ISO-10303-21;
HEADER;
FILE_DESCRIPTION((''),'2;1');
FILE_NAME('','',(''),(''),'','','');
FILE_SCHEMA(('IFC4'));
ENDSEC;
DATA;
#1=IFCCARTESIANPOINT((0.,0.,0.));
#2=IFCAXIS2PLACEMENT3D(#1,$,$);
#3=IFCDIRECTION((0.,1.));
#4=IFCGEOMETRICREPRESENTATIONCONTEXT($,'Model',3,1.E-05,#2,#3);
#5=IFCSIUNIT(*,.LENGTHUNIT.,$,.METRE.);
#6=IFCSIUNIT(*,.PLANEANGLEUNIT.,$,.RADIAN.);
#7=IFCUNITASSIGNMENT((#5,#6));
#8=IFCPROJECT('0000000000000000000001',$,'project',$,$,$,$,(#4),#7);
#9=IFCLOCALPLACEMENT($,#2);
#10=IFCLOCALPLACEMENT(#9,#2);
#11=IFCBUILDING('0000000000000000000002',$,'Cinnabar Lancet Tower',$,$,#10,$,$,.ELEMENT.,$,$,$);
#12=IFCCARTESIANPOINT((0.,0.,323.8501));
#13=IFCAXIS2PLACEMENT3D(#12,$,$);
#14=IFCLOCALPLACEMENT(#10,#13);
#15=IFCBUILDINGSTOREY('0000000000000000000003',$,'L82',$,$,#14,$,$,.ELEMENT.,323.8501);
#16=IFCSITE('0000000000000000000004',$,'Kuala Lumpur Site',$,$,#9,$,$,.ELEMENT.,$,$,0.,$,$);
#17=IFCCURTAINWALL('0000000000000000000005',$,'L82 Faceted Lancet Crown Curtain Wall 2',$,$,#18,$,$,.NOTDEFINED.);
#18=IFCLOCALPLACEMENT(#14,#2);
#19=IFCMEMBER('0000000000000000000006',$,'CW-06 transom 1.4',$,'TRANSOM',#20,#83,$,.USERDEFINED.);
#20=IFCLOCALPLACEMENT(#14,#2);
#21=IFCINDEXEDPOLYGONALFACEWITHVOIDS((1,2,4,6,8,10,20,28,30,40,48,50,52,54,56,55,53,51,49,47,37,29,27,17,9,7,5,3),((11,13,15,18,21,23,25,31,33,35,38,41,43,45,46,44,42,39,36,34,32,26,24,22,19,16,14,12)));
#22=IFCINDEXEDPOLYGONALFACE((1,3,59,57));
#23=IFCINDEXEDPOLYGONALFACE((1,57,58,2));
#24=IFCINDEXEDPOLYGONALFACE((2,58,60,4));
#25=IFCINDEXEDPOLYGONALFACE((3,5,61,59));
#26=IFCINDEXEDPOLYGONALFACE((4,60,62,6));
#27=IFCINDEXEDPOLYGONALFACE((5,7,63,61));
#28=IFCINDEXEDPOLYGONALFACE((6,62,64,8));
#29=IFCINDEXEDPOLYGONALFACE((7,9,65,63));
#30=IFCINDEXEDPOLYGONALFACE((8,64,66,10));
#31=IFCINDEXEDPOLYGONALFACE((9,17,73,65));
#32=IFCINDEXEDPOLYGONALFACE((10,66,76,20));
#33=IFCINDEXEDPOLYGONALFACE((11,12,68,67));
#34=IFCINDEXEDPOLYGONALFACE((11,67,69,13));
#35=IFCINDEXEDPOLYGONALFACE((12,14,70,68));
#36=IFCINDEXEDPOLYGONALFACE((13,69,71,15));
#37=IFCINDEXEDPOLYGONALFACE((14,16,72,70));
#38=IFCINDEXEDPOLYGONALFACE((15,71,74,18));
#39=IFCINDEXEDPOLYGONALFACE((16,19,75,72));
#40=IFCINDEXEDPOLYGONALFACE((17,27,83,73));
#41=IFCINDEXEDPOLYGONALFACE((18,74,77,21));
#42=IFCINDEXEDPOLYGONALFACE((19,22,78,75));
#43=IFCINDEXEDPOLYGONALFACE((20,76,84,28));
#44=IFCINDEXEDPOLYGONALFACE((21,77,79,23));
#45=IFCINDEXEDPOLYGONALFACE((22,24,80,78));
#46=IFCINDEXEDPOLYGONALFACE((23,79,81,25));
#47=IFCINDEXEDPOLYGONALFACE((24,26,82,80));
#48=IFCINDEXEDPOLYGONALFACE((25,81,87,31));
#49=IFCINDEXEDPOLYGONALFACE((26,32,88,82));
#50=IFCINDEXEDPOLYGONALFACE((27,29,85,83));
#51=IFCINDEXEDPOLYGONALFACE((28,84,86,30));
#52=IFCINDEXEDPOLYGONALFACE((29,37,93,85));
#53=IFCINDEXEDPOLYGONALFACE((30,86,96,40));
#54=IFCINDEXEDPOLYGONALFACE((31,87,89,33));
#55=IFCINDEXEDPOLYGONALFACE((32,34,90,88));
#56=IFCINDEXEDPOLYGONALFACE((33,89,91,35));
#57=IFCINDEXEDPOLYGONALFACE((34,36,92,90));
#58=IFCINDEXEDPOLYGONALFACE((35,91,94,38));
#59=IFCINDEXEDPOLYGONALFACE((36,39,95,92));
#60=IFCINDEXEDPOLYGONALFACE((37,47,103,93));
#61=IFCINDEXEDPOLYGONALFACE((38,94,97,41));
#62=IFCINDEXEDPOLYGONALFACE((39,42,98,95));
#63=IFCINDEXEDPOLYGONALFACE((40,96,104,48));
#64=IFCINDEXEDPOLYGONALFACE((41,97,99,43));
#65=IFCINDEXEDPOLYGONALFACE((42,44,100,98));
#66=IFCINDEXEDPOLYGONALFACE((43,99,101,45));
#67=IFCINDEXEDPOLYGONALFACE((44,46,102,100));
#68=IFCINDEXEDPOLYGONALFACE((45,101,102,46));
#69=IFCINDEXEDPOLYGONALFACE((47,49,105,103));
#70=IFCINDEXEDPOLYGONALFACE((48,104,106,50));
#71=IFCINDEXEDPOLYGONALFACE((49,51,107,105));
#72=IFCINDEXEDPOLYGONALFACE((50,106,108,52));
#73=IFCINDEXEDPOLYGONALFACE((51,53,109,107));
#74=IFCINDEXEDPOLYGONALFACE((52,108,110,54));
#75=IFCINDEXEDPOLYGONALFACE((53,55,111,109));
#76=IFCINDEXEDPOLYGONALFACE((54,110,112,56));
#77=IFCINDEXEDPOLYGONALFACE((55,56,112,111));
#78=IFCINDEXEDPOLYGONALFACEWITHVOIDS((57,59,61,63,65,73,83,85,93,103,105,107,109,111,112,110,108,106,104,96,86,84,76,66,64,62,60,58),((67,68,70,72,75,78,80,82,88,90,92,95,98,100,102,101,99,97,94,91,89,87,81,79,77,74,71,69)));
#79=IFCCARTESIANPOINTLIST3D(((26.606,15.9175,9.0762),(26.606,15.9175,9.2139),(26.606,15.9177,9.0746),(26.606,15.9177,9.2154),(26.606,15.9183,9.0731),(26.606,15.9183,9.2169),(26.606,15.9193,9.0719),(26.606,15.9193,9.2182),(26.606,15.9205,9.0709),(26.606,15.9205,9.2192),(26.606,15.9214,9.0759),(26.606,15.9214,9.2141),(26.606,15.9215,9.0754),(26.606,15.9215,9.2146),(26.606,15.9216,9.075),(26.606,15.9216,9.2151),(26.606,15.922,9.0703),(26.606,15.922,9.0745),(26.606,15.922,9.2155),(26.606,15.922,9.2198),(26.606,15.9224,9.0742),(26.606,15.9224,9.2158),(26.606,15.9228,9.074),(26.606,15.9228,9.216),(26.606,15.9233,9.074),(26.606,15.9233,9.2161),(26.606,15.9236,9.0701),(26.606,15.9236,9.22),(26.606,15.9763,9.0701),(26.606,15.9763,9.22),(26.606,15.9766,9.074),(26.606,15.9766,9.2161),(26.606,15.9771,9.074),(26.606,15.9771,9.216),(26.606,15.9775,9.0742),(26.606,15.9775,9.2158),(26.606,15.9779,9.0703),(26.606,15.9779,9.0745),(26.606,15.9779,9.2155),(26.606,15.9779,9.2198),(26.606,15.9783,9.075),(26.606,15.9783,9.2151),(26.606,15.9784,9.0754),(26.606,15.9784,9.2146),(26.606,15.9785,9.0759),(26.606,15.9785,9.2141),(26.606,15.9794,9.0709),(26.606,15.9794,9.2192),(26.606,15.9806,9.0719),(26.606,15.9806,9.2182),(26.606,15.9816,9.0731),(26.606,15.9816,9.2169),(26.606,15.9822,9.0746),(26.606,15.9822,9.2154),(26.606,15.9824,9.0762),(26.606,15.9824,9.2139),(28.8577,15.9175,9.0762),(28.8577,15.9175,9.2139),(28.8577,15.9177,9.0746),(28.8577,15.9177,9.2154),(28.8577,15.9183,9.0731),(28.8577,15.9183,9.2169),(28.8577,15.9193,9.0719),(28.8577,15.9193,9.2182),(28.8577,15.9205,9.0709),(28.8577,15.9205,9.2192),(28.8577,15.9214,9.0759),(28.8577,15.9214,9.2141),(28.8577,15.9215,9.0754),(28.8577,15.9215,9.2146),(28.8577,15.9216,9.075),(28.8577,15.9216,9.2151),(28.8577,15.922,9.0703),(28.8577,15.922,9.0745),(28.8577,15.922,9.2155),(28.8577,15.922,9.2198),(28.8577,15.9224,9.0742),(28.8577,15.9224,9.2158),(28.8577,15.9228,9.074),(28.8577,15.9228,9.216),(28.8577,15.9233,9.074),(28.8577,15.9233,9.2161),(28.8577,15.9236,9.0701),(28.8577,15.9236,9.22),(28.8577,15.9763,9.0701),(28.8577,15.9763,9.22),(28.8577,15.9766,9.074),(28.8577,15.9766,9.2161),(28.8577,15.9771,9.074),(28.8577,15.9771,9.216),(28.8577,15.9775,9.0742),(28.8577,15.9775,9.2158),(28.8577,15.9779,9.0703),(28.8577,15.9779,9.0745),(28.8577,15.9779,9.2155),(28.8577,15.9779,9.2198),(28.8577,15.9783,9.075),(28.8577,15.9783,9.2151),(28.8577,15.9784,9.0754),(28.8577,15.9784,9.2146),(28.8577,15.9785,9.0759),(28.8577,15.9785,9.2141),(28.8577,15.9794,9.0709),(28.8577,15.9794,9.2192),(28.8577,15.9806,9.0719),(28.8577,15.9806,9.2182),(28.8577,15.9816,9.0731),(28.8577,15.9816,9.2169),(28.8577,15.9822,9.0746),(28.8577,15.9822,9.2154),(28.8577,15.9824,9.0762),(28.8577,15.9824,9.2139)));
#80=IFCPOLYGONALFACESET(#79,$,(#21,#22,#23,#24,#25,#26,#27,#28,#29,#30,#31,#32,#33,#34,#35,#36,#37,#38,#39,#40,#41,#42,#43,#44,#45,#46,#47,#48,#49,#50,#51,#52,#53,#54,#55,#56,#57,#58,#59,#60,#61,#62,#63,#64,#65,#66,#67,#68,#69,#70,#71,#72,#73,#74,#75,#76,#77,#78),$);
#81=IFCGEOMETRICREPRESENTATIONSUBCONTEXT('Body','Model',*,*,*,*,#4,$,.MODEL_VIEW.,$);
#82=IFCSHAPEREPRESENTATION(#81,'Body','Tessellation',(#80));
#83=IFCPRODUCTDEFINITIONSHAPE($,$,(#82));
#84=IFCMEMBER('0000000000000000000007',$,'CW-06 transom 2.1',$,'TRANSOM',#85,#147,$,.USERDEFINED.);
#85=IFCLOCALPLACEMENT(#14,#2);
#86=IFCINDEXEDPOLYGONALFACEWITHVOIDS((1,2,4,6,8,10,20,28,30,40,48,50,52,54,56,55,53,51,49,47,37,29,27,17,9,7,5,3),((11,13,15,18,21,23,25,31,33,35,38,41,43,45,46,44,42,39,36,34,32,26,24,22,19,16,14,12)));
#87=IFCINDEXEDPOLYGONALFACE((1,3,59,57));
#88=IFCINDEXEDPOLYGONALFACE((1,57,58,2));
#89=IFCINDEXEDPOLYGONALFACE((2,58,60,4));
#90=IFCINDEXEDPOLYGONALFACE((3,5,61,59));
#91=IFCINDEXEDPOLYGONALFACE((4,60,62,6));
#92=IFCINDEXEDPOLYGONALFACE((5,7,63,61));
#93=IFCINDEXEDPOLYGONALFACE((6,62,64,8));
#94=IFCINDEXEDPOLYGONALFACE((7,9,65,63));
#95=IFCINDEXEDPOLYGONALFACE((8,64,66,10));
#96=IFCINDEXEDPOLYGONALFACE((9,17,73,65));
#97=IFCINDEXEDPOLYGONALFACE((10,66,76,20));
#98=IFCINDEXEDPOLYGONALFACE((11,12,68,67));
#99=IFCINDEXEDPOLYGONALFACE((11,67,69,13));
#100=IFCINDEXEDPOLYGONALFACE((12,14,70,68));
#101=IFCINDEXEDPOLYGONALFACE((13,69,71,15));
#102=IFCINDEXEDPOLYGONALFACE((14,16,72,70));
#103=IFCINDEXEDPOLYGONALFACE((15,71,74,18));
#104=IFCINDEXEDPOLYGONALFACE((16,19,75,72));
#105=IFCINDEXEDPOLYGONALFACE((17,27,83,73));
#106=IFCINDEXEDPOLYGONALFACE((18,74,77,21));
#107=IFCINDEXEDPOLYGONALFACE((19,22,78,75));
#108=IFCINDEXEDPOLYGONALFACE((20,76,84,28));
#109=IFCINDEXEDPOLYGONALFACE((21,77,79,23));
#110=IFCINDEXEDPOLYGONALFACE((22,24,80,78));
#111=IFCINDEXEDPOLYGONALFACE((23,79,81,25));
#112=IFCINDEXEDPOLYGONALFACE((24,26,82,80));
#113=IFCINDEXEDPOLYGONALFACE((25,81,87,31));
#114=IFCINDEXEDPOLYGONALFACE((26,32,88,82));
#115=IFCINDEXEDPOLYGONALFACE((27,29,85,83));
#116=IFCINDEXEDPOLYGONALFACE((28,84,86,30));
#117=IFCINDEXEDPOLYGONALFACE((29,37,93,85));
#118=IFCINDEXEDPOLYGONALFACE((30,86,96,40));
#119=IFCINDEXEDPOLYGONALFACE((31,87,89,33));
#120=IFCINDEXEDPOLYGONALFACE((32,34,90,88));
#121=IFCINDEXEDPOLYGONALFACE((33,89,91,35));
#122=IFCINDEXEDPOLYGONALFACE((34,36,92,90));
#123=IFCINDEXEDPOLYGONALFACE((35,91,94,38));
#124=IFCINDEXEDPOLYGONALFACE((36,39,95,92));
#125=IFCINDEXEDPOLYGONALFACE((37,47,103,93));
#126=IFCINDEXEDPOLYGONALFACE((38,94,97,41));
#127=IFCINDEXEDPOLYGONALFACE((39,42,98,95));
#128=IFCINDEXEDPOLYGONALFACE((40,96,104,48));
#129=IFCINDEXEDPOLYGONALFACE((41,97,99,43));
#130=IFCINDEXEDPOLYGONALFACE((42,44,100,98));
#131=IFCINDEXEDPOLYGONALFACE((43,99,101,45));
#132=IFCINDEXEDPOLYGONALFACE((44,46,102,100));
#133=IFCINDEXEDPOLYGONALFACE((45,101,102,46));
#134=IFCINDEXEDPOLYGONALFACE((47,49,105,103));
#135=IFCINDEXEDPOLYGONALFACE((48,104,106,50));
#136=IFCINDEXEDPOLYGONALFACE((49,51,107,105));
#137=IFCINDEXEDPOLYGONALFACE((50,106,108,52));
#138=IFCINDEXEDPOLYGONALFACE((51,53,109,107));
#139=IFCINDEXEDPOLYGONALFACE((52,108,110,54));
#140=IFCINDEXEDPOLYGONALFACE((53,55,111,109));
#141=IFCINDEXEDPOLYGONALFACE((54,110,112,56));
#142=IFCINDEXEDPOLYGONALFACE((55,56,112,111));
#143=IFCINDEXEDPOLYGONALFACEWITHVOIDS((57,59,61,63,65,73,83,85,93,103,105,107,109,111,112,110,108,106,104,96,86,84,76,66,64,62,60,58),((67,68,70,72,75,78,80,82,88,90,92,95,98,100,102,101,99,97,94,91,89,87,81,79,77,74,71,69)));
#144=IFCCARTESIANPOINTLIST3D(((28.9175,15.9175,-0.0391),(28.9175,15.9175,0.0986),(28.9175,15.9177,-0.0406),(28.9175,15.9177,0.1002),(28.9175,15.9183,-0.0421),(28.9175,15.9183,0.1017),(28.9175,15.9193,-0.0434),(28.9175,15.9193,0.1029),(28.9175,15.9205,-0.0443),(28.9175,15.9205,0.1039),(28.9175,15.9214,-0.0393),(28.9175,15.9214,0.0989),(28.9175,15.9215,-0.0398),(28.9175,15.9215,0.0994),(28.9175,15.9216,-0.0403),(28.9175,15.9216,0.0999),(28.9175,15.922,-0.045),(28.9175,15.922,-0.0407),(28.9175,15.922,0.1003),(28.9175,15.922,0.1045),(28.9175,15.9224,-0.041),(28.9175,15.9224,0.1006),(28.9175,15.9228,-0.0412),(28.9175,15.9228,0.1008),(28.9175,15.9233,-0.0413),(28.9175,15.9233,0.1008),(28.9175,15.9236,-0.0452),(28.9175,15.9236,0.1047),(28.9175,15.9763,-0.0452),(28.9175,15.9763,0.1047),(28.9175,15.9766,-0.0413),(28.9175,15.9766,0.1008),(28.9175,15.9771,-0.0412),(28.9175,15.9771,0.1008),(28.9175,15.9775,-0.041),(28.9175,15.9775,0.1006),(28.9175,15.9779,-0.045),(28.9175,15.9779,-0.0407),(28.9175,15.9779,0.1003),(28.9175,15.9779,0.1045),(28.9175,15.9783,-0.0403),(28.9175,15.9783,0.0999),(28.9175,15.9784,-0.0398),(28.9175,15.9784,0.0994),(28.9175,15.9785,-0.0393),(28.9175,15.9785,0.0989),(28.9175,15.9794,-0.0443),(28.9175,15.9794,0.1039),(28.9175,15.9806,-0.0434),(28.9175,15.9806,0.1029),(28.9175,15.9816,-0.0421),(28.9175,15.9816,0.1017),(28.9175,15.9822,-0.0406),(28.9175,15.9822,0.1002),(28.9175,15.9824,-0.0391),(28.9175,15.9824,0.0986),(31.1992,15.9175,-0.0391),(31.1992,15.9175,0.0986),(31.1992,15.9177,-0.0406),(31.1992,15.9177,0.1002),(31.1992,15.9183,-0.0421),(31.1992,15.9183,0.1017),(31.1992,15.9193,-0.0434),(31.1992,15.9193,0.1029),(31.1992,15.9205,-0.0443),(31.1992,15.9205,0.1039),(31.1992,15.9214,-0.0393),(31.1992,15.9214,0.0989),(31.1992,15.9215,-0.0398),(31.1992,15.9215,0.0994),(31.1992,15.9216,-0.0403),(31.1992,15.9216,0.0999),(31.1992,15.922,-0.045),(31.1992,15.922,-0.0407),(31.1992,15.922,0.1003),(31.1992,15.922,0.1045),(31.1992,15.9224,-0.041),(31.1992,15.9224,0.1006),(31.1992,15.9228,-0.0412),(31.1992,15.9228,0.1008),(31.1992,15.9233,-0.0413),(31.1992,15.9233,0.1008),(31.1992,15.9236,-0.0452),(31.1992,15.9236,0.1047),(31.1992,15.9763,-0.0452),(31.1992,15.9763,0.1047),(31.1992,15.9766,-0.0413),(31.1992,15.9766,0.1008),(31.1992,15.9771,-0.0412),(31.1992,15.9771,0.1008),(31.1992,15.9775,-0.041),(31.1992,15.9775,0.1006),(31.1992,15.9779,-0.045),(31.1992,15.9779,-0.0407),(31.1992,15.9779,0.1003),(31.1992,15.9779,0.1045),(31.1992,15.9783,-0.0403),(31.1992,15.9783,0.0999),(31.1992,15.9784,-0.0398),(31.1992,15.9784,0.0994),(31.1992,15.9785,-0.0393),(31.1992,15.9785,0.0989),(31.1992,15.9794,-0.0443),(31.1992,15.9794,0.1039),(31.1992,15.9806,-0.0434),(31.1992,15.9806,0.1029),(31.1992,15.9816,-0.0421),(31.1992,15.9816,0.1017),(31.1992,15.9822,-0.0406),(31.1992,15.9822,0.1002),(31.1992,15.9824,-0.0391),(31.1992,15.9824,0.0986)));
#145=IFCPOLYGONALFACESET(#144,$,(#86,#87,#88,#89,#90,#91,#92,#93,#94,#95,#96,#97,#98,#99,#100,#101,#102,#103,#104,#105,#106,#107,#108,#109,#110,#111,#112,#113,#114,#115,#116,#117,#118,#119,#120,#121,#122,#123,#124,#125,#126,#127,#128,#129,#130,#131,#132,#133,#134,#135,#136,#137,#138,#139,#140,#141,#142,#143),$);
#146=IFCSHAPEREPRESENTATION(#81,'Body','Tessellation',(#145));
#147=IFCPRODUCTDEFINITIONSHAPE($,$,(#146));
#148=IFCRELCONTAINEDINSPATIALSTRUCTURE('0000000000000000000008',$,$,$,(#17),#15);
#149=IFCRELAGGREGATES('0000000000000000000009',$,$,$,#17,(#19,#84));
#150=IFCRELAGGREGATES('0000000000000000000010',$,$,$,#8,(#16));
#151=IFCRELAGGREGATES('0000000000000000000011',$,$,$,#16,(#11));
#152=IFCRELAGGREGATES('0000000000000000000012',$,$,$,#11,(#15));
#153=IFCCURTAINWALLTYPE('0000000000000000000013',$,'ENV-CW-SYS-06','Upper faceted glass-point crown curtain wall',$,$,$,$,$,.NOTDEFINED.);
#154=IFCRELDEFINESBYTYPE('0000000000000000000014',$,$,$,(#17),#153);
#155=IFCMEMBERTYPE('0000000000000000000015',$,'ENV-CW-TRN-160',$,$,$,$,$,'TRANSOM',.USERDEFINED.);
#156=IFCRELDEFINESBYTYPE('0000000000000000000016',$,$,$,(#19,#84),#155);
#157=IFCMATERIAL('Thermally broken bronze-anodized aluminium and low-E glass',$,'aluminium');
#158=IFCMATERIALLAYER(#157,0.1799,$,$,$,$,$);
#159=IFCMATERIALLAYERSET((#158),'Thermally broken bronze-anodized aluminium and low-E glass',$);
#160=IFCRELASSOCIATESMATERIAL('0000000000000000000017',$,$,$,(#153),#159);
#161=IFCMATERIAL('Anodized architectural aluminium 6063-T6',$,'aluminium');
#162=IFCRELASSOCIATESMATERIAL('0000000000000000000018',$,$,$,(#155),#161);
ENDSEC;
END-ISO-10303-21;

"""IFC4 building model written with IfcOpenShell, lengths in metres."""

from ifc_helpers import new_model, si_unit, direction, frame, origin, origin_2d, place, context, subcontext, project, spatial, hollow_rectangle, extrude, material, layer, layer_set, material_profile, profile_set, type_object, element, aggregate, save


model = new_model("IFC4")

# Units and contexts
model_context = context("Model", 3, precision=1e-05, world=origin(), true_north=direction((0.0, 1.0)))
body_context = subcontext(model_context, "Body", "Model", "MODEL_VIEW")
ifc_project = project(units=[si_unit("LENGTHUNIT", "METRE"), si_unit("PLANEANGLEUNIT", "RADIAN")], contexts=[model_context])

# Site, building, storey
site_placement = place(None, origin())
site = spatial("IfcSite", under=ifc_project, at=site_placement, Name="Kuala Lumpur Site", CompositionType="ELEMENT", RefElevation=0.0)
building_placement = place(site_placement, origin())
building = spatial("IfcBuilding", under=site, at=building_placement, Name="Cinnabar Lancet Tower", CompositionType="ELEMENT")
storey_placement = place(building_placement, frame((0.0, 0.0, 323.8501)))
storey = spatial("IfcBuildingStorey", under=building, at=storey_placement, Name="L82", CompositionType="ELEMENT", Elevation=323.8501)

# Curtain wall
ifc_material_1 = material(Name="Thermally broken bronze-anodized aluminium and low-E glass", Category="aluminium")
ifc_layer_1 = layer(ifc_material_1, 0.1799)
ifc_layer_set_1 = layer_set([ifc_layer_1], Name="Thermally broken bronze-anodized aluminium and low-E glass")
curtain_wall_type = type_object("IfcCurtainWallType", Name="ENV-CW-SYS-06", Description="Upper faceted glass-point crown curtain wall", PredefinedType="NOTDEFINED", material=ifc_layer_set_1)
curtain_wall_1_placement = place(storey_placement, origin())
curtain_wall_1 = element("IfcCurtainWall", 1, at=curtain_wall_1_placement, inside=storey, type_object=curtain_wall_type, Name="L82 Faceted Lancet Crown Curtain Wall 2", PredefinedType="NOTDEFINED")

# Members
ifc_material_2 = material(Name="Anodized architectural aluminium 6063-T6", Category="aluminium")
ifc_material_profile_1 = material_profile(ifc_material_2, hollow_rectangle(XDim=0.0649, YDim=0.1499, WallThickness=0.0039, InnerFilletRadius=0.002, OuterFilletRadius=0.0061, at=origin_2d()), Name="CW-TRN 150x65x4")
ifc_profile_set_1 = profile_set([ifc_material_profile_1], Name="Anodized architectural aluminium 6063-T6")
member_type_1 = type_object("IfcMemberType", Name="ENV-CW-TRN-160", ElementType="TRANSOM", PredefinedType="USERDEFINED", material=ifc_profile_set_1)
member_1_placement = place(storey_placement, frame((26.606, 15.95, 9.145), z_axis=(1.0, 0.0, 0.0), x_axis=(0.0, 1.0, 0.0)))
member_1 = element("IfcMember", 2, at=member_1_placement, type_object=member_type_1, Name="CW-06 transom 1.4", ObjectType="TRANSOM", PredefinedType="USERDEFINED", context=body_context, shape_type="SweptSolid", body=[
    extrude(hollow_rectangle(XDim=0.0649, YDim=0.1499, WallThickness=0.0039, InnerFilletRadius=0.002, OuterFilletRadius=0.0061, at=origin_2d()), origin(), (0.0, 0.0, 1.0), 2.2517),
])
member_2_placement = place(storey_placement, frame((28.9175, 15.95, 0.0298), z_axis=(1.0, 0.0, 0.0), x_axis=(0.0, 1.0, 0.0)))
member_2 = element("IfcMember", 3, at=member_2_placement, type_object=member_type_1, Name="CW-06 transom 2.1", ObjectType="TRANSOM", PredefinedType="USERDEFINED", context=body_context, shape_type="SweptSolid", body=[
    extrude(hollow_rectangle(XDim=0.0649, YDim=0.1499, WallThickness=0.0039, InnerFilletRadius=0.002, OuterFilletRadius=0.0061, at=origin_2d()), origin(), (0.0, 0.0, 1.0), 2.2817),
])

aggregate(curtain_wall_1, [member_1, member_2])

save(model, "model.ifc")
